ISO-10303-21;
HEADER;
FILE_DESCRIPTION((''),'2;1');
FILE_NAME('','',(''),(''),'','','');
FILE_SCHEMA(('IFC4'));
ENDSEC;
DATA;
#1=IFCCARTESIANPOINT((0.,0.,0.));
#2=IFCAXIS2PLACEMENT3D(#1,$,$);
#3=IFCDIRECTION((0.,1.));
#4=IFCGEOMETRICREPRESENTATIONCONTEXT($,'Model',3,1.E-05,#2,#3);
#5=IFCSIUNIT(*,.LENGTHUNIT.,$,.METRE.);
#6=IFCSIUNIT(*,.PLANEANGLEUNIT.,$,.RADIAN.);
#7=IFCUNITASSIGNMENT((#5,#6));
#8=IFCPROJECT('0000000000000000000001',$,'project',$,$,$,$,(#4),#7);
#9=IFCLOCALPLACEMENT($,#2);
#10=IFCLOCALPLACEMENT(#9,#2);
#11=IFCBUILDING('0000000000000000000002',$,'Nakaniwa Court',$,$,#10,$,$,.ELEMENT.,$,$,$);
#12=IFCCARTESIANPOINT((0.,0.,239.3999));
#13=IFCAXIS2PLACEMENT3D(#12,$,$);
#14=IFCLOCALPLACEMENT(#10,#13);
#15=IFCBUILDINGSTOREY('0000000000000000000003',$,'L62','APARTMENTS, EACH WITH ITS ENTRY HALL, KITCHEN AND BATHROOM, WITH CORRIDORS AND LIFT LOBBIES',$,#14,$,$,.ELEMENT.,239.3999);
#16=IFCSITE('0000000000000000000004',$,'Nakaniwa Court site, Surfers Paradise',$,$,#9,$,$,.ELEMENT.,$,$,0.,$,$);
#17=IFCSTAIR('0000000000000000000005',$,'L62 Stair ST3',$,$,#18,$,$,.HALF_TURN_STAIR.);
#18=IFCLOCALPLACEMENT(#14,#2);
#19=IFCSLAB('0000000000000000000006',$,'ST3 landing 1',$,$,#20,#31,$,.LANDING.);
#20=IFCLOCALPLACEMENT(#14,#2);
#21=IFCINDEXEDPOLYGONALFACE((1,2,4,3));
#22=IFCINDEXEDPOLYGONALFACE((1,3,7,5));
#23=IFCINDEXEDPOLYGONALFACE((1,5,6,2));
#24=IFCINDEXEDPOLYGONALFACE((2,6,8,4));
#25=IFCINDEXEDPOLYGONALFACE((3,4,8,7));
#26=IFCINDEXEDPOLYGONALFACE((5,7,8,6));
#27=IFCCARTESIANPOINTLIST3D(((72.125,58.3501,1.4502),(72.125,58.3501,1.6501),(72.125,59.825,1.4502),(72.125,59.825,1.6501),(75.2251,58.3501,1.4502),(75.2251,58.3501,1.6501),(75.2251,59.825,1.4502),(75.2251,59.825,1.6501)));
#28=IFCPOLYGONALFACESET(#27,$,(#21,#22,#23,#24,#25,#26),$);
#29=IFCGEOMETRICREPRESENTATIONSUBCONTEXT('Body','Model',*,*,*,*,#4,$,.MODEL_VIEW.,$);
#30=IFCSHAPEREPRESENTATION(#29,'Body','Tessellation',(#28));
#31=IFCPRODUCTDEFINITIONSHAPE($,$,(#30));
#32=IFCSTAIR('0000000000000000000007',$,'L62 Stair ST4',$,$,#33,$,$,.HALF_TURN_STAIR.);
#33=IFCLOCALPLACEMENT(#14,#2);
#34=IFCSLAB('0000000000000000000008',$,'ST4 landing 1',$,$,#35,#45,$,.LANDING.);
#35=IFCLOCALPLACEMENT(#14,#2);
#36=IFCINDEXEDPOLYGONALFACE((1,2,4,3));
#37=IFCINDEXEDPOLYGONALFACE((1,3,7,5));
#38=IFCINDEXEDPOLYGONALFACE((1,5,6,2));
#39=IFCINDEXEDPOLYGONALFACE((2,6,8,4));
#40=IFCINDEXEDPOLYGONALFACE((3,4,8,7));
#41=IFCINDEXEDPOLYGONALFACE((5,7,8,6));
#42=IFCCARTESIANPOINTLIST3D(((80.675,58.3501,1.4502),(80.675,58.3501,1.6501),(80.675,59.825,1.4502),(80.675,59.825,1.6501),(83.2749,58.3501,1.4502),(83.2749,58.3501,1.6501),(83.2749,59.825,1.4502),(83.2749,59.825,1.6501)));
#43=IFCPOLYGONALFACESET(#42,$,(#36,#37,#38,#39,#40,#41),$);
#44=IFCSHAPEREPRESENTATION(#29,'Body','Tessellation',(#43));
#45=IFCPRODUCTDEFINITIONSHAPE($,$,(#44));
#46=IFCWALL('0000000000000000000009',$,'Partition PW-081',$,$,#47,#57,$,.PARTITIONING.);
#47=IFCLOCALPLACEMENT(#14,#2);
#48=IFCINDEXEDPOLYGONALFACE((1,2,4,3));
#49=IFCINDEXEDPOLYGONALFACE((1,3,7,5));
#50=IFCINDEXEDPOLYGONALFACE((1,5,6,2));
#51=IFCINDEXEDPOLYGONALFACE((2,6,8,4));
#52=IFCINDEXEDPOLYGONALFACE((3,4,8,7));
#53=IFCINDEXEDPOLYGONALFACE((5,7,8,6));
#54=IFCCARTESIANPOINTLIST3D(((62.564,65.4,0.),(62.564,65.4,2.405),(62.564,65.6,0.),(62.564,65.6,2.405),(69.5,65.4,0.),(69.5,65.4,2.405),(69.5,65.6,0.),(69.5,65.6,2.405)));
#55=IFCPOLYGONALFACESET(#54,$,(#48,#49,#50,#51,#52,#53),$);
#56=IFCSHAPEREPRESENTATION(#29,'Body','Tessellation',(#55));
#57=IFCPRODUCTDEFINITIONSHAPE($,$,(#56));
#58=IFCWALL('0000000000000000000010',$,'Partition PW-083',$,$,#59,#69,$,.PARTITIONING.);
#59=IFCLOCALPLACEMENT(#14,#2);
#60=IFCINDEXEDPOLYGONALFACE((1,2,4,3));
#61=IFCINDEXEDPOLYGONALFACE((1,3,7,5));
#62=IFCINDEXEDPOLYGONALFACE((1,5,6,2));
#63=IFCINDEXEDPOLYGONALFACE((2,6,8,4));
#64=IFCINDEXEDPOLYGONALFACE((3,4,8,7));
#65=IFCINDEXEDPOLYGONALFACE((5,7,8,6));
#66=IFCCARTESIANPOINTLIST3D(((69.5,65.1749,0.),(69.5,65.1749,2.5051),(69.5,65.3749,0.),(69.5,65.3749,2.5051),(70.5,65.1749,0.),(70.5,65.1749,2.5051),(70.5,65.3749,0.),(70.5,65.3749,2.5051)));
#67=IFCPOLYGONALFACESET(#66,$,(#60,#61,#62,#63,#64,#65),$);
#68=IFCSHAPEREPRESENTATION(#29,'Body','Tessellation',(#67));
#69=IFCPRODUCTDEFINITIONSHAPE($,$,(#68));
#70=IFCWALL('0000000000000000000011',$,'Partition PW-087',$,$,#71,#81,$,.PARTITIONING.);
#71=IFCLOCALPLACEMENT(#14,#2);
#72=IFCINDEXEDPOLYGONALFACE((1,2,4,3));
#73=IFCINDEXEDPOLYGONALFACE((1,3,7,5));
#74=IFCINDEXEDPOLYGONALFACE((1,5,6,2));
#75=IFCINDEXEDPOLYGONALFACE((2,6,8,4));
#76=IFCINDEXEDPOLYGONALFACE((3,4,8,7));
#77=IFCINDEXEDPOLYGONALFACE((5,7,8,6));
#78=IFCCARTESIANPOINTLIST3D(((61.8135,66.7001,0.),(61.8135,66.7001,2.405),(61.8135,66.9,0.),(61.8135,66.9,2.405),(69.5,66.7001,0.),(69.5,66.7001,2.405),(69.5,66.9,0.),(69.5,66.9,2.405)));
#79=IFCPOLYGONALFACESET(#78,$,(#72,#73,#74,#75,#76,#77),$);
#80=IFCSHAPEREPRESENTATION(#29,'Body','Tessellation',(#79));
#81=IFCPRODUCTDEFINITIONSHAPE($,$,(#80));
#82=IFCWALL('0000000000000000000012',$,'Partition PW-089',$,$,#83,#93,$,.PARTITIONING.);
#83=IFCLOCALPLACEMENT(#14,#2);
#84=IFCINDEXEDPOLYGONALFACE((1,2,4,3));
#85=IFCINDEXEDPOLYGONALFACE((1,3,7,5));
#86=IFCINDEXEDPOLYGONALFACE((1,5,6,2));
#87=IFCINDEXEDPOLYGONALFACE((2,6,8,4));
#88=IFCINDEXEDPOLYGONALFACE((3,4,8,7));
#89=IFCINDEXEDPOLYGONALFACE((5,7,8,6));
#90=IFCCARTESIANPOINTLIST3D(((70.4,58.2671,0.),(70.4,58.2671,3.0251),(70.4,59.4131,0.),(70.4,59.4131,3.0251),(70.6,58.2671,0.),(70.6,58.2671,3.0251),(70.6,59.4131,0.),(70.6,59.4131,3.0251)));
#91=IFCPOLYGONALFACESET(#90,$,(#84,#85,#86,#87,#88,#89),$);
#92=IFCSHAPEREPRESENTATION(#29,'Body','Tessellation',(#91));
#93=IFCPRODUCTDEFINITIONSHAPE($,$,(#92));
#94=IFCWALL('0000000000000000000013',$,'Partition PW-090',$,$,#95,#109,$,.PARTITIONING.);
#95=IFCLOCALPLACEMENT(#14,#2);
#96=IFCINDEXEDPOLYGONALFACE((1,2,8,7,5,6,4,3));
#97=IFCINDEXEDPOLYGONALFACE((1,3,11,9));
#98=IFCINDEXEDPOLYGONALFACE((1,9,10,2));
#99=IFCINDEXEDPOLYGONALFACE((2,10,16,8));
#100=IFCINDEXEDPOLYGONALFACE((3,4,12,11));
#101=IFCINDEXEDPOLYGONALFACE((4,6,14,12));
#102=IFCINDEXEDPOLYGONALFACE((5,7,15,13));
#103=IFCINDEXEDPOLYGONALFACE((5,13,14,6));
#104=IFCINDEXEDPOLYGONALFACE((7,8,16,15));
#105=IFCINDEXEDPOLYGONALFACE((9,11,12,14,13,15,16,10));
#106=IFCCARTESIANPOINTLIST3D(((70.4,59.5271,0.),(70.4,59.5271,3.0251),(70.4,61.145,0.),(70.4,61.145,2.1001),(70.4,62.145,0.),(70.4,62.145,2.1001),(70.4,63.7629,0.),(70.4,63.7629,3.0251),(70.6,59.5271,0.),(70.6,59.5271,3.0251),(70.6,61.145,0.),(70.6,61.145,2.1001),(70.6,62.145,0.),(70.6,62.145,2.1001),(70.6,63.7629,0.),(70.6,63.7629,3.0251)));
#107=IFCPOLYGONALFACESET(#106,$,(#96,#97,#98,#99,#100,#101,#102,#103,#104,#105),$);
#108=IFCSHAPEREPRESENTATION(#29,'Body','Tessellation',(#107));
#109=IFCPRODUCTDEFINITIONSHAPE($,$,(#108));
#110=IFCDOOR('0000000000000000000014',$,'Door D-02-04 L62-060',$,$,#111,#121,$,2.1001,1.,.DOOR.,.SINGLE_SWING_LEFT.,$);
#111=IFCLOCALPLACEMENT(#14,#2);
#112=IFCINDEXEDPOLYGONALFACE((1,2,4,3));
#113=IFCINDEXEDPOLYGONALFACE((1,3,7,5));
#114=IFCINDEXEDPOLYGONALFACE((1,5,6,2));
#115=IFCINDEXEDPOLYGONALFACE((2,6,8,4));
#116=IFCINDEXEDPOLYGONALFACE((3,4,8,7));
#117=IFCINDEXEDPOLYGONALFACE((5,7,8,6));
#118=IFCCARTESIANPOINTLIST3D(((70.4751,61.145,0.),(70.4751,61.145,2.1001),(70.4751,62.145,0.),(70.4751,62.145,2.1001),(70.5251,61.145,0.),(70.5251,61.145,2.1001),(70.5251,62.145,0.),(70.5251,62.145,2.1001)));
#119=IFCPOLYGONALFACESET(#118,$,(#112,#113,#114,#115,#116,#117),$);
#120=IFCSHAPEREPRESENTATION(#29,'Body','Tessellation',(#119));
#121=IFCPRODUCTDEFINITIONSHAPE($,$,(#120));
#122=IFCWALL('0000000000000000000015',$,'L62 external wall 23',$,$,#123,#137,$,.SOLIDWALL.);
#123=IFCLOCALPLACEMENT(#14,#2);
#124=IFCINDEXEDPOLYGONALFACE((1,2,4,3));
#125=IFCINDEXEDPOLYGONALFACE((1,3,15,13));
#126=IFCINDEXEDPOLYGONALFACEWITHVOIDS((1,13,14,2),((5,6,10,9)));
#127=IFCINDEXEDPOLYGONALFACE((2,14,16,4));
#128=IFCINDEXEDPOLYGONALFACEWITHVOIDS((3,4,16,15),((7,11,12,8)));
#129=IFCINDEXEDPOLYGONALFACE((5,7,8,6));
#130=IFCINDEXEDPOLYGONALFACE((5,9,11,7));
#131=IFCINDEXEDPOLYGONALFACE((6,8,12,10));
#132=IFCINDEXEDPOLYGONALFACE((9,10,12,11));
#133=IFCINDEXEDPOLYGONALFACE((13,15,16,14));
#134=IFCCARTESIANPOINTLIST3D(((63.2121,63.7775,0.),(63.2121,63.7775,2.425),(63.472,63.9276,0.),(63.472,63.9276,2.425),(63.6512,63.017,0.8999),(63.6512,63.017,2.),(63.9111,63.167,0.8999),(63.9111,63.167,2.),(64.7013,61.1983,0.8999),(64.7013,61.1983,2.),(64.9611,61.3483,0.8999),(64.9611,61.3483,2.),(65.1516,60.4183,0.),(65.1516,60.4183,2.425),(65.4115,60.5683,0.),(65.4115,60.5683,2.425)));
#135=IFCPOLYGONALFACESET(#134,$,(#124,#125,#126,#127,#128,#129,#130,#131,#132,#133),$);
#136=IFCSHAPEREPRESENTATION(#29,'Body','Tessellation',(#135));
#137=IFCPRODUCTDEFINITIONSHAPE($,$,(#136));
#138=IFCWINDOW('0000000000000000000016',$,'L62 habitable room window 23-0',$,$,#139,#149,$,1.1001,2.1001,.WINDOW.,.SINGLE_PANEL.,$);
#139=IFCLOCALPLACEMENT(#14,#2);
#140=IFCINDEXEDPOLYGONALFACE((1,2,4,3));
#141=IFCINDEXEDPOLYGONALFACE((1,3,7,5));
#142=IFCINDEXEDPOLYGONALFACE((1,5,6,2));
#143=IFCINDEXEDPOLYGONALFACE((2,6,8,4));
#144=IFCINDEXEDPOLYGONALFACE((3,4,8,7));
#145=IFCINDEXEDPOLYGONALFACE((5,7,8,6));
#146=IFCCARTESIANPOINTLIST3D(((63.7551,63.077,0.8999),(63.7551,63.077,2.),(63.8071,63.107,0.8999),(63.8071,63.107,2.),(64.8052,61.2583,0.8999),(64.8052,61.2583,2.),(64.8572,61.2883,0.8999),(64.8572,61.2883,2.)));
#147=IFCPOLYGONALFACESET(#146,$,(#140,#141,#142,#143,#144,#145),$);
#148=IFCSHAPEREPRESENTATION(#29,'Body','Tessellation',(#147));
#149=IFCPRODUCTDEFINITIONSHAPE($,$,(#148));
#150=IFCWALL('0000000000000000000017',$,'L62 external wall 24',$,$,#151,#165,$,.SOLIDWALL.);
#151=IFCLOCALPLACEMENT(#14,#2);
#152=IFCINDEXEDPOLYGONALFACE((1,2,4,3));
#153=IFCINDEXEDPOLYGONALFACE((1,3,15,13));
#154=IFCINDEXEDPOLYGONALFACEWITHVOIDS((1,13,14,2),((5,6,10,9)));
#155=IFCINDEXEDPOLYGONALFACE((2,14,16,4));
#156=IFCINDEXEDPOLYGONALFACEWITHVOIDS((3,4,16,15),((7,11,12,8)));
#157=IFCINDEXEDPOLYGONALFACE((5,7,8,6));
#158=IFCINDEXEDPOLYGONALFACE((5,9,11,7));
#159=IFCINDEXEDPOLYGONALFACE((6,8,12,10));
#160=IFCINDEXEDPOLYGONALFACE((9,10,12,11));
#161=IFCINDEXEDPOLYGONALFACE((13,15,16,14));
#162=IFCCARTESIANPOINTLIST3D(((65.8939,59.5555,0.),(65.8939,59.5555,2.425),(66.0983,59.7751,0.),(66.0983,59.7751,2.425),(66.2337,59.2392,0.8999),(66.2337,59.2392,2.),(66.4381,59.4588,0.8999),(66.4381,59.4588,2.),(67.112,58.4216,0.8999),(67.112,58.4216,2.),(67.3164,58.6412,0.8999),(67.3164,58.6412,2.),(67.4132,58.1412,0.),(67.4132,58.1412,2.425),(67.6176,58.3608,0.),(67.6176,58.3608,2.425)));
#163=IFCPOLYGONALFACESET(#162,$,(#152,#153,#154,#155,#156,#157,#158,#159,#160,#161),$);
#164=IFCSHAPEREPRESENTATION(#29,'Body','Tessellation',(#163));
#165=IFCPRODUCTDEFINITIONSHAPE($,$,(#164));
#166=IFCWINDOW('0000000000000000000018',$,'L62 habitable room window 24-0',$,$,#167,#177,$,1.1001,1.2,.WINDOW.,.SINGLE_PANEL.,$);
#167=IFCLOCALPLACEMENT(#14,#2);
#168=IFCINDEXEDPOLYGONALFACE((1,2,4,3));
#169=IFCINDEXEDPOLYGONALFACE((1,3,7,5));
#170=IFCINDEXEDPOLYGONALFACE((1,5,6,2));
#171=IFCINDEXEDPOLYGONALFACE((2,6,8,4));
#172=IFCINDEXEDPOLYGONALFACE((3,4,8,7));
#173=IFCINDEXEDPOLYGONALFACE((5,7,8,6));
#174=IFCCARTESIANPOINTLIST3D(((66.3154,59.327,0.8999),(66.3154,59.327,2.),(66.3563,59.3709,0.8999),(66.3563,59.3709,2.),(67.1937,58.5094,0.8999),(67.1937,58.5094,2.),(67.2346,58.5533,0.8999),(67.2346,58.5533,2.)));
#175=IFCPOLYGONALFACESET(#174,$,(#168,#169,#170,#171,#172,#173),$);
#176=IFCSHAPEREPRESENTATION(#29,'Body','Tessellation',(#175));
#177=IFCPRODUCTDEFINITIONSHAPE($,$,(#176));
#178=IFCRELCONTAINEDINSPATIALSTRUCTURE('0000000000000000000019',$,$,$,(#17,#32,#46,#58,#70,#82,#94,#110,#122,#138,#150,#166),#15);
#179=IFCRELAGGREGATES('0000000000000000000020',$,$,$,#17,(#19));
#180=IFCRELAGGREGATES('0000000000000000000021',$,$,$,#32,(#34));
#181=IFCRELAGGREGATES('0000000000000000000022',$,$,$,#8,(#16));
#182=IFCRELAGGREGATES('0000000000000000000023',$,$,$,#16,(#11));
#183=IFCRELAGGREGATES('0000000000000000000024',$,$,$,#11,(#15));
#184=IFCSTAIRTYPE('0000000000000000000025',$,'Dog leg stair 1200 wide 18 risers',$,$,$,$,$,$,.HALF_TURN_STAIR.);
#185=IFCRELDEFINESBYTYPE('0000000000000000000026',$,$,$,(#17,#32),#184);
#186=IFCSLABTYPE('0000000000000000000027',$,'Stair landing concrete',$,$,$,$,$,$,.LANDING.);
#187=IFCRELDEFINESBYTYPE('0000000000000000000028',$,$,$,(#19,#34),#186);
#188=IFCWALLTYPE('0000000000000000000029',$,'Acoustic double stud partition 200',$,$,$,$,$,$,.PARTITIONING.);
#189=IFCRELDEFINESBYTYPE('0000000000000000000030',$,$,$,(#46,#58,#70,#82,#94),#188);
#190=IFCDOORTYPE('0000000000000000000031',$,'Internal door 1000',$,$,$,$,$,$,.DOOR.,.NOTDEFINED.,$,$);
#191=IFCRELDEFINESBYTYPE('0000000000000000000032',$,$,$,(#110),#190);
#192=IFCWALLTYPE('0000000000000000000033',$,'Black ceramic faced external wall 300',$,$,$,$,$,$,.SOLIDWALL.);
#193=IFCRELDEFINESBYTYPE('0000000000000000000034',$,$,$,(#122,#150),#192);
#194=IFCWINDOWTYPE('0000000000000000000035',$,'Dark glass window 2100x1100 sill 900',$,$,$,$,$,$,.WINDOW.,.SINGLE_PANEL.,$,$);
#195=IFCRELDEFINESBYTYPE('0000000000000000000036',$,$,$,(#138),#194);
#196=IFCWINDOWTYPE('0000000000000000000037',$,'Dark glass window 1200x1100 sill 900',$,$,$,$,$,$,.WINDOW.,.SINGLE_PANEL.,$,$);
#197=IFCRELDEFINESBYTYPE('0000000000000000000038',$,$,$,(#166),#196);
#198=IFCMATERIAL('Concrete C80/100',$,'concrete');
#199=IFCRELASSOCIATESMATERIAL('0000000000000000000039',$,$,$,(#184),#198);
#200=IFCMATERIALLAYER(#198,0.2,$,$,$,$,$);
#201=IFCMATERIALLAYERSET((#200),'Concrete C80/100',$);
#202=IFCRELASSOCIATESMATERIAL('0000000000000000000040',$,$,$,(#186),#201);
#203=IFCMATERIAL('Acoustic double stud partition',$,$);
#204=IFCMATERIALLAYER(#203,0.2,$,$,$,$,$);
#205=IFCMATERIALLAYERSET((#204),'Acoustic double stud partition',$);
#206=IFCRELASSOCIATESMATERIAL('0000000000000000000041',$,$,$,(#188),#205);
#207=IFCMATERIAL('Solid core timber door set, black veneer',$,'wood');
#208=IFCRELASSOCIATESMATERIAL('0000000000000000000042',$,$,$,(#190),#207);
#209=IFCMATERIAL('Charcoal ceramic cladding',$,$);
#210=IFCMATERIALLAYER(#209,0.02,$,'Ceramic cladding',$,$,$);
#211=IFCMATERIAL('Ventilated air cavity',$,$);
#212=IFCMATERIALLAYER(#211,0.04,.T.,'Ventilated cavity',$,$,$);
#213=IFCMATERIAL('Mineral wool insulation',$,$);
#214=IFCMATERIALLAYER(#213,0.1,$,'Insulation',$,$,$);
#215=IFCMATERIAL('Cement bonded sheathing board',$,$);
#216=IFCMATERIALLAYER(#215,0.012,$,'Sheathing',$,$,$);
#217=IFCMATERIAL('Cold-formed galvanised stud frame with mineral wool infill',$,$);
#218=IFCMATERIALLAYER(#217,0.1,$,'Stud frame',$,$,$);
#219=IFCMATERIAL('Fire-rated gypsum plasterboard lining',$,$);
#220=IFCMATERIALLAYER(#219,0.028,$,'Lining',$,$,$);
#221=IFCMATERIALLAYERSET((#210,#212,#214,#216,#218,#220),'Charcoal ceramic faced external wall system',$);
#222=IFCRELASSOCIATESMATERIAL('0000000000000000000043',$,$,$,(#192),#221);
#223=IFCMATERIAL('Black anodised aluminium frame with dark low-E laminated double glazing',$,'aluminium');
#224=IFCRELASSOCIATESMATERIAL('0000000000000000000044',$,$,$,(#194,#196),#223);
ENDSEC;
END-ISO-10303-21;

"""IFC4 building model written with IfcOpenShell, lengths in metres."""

from ifc_helpers import new_model, si_unit, direction, frame, frame_2d, origin, place, context, subcontext, project, spatial, polyline, rectangle, outline, extrude, material, layer, layer_set, type_object, element, fill, aggregate, save


model = new_model("IFC4")

# Units and contexts
model_context = context("Model", 3, precision=1e-05, world=origin(), true_north=direction((0.0, 1.0)))
body_context = subcontext(model_context, "Body", "Model", "MODEL_VIEW")
ifc_project = project(units=[si_unit("LENGTHUNIT", "METRE"), si_unit("PLANEANGLEUNIT", "RADIAN")], contexts=[model_context])

# Site, building, storey
site_placement = place(None, origin())
site = spatial("IfcSite", under=ifc_project, at=site_placement, Name="Nakaniwa Court site, Surfers Paradise", CompositionType="ELEMENT", RefElevation=0.0)
building_placement = place(site_placement, origin())
building = spatial("IfcBuilding", under=site, at=building_placement, Name="Nakaniwa Court", CompositionType="ELEMENT")
storey_placement = place(building_placement, frame((0.0, 0.0, 239.3999)))
storey = spatial("IfcBuildingStorey", under=building, at=storey_placement, Name="L62", Description="APARTMENTS, EACH WITH ITS ENTRY HALL, KITCHEN AND BATHROOM, WITH CORRIDORS AND LIFT LOBBIES", CompositionType="ELEMENT", Elevation=239.3999)

# Shared definitions
ifc_material_1 = material(Name="Concrete C80/100", Category="concrete")

# Stairs, slabs
stair_type = type_object("IfcStairType", Name="Dog leg stair 1200 wide 18 risers", PredefinedType="HALF_TURN_STAIR", material=ifc_material_1)
ifc_layer_1 = layer(ifc_material_1, 0.2)
ifc_layer_set_1 = layer_set([ifc_layer_1], Name="Concrete C80/100")
slab_type_1 = type_object("IfcSlabType", Name="Stair landing concrete", PredefinedType="LANDING", material=ifc_layer_set_1)
stair_1_placement = place(storey_placement, origin())
stair_1 = element("IfcStair", 1, at=stair_1_placement, inside=storey, type_object=stair_type, Name="L62 Stair ST3", PredefinedType="HALF_TURN_STAIR")
slab_1_placement = place(storey_placement, frame((0.0, 0.0, 1.4502)))
slab_1 = element("IfcSlab", 2, at=slab_1_placement, type_object=slab_type_1, Name="ST3 landing 1", PredefinedType="LANDING", context=body_context, shape_type="SweptSolid", body=[
    extrude(outline(polyline([(75.2251, 58.3501), (75.2251, 59.825), (72.125, 59.825), (72.125, 58.3501), (75.2251, 58.3501)])), origin(), (0.0, 0.0, 1.0), 0.2),
])
aggregate(stair_1, [slab_1])
stair_2_placement = place(storey_placement, origin())
stair_2 = element("IfcStair", 3, at=stair_2_placement, inside=storey, type_object=stair_type, Name="L62 Stair ST4", PredefinedType="HALF_TURN_STAIR")
slab_2_placement = place(storey_placement, frame((0.0, 0.0, 1.4502)))
slab_2 = element("IfcSlab", 4, at=slab_2_placement, type_object=slab_type_1, Name="ST4 landing 1", PredefinedType="LANDING", context=body_context, shape_type="SweptSolid", body=[
    extrude(outline(polyline([(83.2749, 58.3501), (83.2749, 59.825), (80.675, 59.825), (80.675, 58.3501), (83.2749, 58.3501)])), origin(), (0.0, 0.0, 1.0), 0.2),
])
aggregate(stair_2, [slab_2])

# Walls
ifc_material_2 = material(Name="Acoustic double stud partition")
ifc_layer_2 = layer(ifc_material_2, 0.2)
ifc_layer_set_2 = layer_set([ifc_layer_2], Name="Acoustic double stud partition")
wall_type_1 = type_object("IfcWallType", Name="Acoustic double stud partition 200", PredefinedType="PARTITIONING", material=ifc_layer_set_2)
wall_1_placement = place(storey_placement, frame((62.564, 65.5, 0.0), z_axis=(0.0, 0.0, 1.0), x_axis=(1.0, 0.0, 0.0)))
element("IfcWall", 5, at=wall_1_placement, inside=storey, type_object=wall_type_1, Name="Partition PW-081", PredefinedType="PARTITIONING", context=body_context, shape_type="SweptSolid", body=[
    extrude(rectangle(XDim=6.936, YDim=0.2, at=frame_2d((3.468, 0.0))), origin(), (0.0, 0.0, 1.0), 2.405),
])
wall_2_placement = place(storey_placement, frame((69.5, 65.2749, 0.0), z_axis=(0.0, 0.0, 1.0), x_axis=(1.0, 0.0, 0.0)))
element("IfcWall", 6, at=wall_2_placement, inside=storey, type_object=wall_type_1, Name="Partition PW-083", PredefinedType="PARTITIONING", context=body_context, shape_type="SweptSolid", body=[
    extrude(rectangle(XDim=1.0, YDim=0.2, at=frame_2d((0.5, 0.0))), origin(), (0.0, 0.0, 1.0), 2.5051),
])
wall_3_placement = place(storey_placement, frame((61.8135, 66.8, 0.0), z_axis=(0.0, 0.0, 1.0), x_axis=(1.0, 0.0, 0.0)))
element("IfcWall", 7, at=wall_3_placement, inside=storey, type_object=wall_type_1, Name="Partition PW-087", PredefinedType="PARTITIONING", context=body_context, shape_type="SweptSolid", body=[
    extrude(rectangle(XDim=7.6865, YDim=0.2, at=frame_2d((3.8433, 0.0))), origin(), (0.0, 0.0, 1.0), 2.405),
])
wall_4_placement = place(storey_placement, frame((70.5, 58.2671, 0.0), z_axis=(0.0, 0.0, 1.0), x_axis=(0.0, 1.0, 0.0)))
element("IfcWall", 8, at=wall_4_placement, inside=storey, type_object=wall_type_1, Name="Partition PW-089", PredefinedType="PARTITIONING", context=body_context, shape_type="SweptSolid", body=[
    extrude(rectangle(XDim=1.146, YDim=0.2, at=frame_2d((0.573, 0.0))), origin(), (0.0, 0.0, 1.0), 3.0251),
])

# Wall, opening, door
wall_5_placement = place(storey_placement, frame((70.5, 59.5271, 0.0), z_axis=(0.0, 0.0, 1.0), x_axis=(0.0, 1.0, 0.0)))
wall_5 = element("IfcWall", 9, at=wall_5_placement, inside=storey, type_object=wall_type_1, Name="Partition PW-090", PredefinedType="PARTITIONING", context=body_context, shape_type="SweptSolid", body=[
    extrude(rectangle(XDim=4.2358, YDim=0.2, at=frame_2d((2.1179, 0.0))), origin(), (0.0, 0.0, 1.0), 3.0251),
])
opening_1_placement = place(wall_5_placement, frame((1.6179, 0.0, 0.0)))
opening_1 = element("IfcOpeningElement", 10, at=opening_1_placement, cuts=wall_5, PredefinedType="OPENING", context=body_context, shape_type="SweptSolid", body=[
    extrude(rectangle(XDim=1.0, YDim=2.1001, at=frame_2d((0.5, 1.05))), frame((0.0, 0.1099, 0.0), z_axis=(0.0, -1.0, 0.0), x_axis=(1.0, 0.0, 0.0)), (0.0, 0.0, 1.0), 0.22),
])
ifc_material_3 = material(Name="Solid core timber door set, black veneer", Category="wood")
door_type = type_object("IfcDoorType", Name="Internal door 1000", OperationType="NOTDEFINED", PredefinedType="DOOR", material=ifc_material_3)
door_placement = place(opening_1_placement, origin())
door = element("IfcDoor", 11, at=door_placement, inside=storey, type_object=door_type, Name="Door D-02-04 L62-060", OperationType="SINGLE_SWING_LEFT", OverallHeight=2.1001, OverallWidth=1.0, PredefinedType="DOOR", context=body_context, shape_type="SweptSolid", body=[
    extrude(rectangle(XDim=1.0, YDim=2.1001, at=frame_2d((0.5, 1.05))), frame((0.0, 0.0249, 0.0), z_axis=(0.0, -1.0, 0.0), x_axis=(1.0, 0.0, 0.0)), (0.0, 0.0, 1.0), 0.05),
])
fill(opening_1, door)

# Walls, openings, windows
ifc_material_4 = material(Name="Charcoal ceramic cladding")
ifc_layer_3 = layer(ifc_material_4, 0.02, Name="Ceramic cladding")
ifc_material_5 = material(Name="Ventilated air cavity")
ifc_layer_4 = layer(ifc_material_5, 0.04, ventilated=True, Name="Ventilated cavity")
ifc_material_6 = material(Name="Mineral wool insulation")
ifc_layer_5 = layer(ifc_material_6, 0.1, Name="Insulation")
ifc_material_7 = material(Name="Cement bonded sheathing board")
ifc_layer_6 = layer(ifc_material_7, 0.012, Name="Sheathing")
ifc_material_8 = material(Name="Cold-formed galvanised stud frame with mineral wool infill")
ifc_layer_7 = layer(ifc_material_8, 0.1, Name="Stud frame")
ifc_material_9 = material(Name="Fire-rated gypsum plasterboard lining")
ifc_layer_8 = layer(ifc_material_9, 0.028, Name="Lining")
ifc_layer_set_3 = layer_set([ifc_layer_3, ifc_layer_4, ifc_layer_5, ifc_layer_6, ifc_layer_7, ifc_layer_8], Name="Charcoal ceramic faced external wall system")
wall_type_2 = type_object("IfcWallType", Name="Black ceramic faced external wall 300", PredefinedType="SOLIDWALL", material=ifc_layer_set_3)
wall_6_placement = place(storey_placement, frame((63.342, 63.8525, 0.0), z_axis=(0.0, 0.0, 1.0), x_axis=(0.500011, -0.866019, 0.0)))
wall_6 = element("IfcWall", 12, at=wall_6_placement, inside=storey, type_object=wall_type_2, Name="L62 external wall 23", PredefinedType="SOLIDWALL", context=body_context, shape_type="SweptSolid", body=[
    extrude(rectangle(XDim=3.8789, YDim=0.3, at=frame_2d((1.9395, 0.0))), origin(), (0.0, 0.0, 1.0), 2.425),
])
opening_2_placement = place(wall_6_placement, frame((0.8782, 0.0, 0.8999)))
opening_2 = element("IfcOpeningElement", 13, at=opening_2_placement, cuts=wall_6, PredefinedType="OPENING", context=body_context, shape_type="SweptSolid", body=[
    extrude(rectangle(XDim=2.1001, YDim=1.1001, at=frame_2d((1.05, 0.55))), frame((0.0, 0.1599, 0.0), z_axis=(0.0, -1.0, 0.0), x_axis=(1.0, 0.0, 0.0)), (0.0, 0.0, 1.0), 0.3201),
])
ifc_material_10 = material(Name="Black anodised aluminium frame with dark low-E laminated double glazing", Category="aluminium")
window_type_1 = type_object("IfcWindowType", Name="Dark glass window 2100x1100 sill 900", PartitioningType="SINGLE_PANEL", PredefinedType="WINDOW", material=ifc_material_10)
window_1_placement = place(opening_2_placement, origin())
window_1 = element("IfcWindow", 14, at=window_1_placement, inside=storey, type_object=window_type_1, Name="L62 habitable room window 23-0", OverallHeight=1.1001, OverallWidth=2.1001, PartitioningType="SINGLE_PANEL", PredefinedType="WINDOW", context=body_context, shape_type="SweptSolid", body=[
    extrude(rectangle(XDim=2.1001, YDim=1.1001, at=frame_2d((1.05, 0.55))), frame((0.0, 0.03, 0.0), z_axis=(0.0, -1.0, 0.0), x_axis=(1.0, 0.0, 0.0)), (0.0, 0.0, 1.0), 0.0601),
])
fill(opening_2, window_1)
wall_7_placement = place(storey_placement, frame((65.9961, 59.6653, 0.0), z_axis=(0.0, 0.0, 1.0), x_axis=(0.731943, -0.681366, 0.0)))
wall_7 = element("IfcWall", 15, at=wall_7_placement, inside=storey, type_object=wall_type_2, Name="L62 external wall 24", PredefinedType="SOLIDWALL", context=body_context, shape_type="SweptSolid", body=[
    extrude(rectangle(XDim=2.0757, YDim=0.3, at=frame_2d((1.0378, 0.0))), origin(), (0.0, 0.0, 1.0), 2.425),
])
opening_3_placement = place(wall_7_placement, frame((0.4641, 0.0, 0.8999)))
opening_3 = element("IfcOpeningElement", 16, at=opening_3_placement, cuts=wall_7, PredefinedType="OPENING", context=body_context, shape_type="SweptSolid", body=[
    extrude(rectangle(XDim=1.2, YDim=1.1001, at=frame_2d((0.6001, 0.55))), frame((0.0, 0.1599, 0.0), z_axis=(0.0, -1.0, 0.0), x_axis=(1.0, 0.0, 0.0)), (0.0, 0.0, 1.0), 0.3201),
])
window_type_2 = type_object("IfcWindowType", Name="Dark glass window 1200x1100 sill 900", PartitioningType="SINGLE_PANEL", PredefinedType="WINDOW", material=ifc_material_10)
window_2_placement = place(opening_3_placement, origin())
window_2 = element("IfcWindow", 17, at=window_2_placement, inside=storey, type_object=window_type_2, Name="L62 habitable room window 24-0", OverallHeight=1.1001, OverallWidth=1.2, PartitioningType="SINGLE_PANEL", PredefinedType="WINDOW", context=body_context, shape_type="SweptSolid", body=[
    extrude(rectangle(XDim=1.2, YDim=1.1001, at=frame_2d((0.6001, 0.55))), frame((0.0, 0.03, 0.0), z_axis=(0.0, -1.0, 0.0), x_axis=(1.0, 0.0, 0.0)), (0.0, 0.0, 1.0), 0.0601),
])
fill(opening_3, window_2)

save(model, "model.ifc")
